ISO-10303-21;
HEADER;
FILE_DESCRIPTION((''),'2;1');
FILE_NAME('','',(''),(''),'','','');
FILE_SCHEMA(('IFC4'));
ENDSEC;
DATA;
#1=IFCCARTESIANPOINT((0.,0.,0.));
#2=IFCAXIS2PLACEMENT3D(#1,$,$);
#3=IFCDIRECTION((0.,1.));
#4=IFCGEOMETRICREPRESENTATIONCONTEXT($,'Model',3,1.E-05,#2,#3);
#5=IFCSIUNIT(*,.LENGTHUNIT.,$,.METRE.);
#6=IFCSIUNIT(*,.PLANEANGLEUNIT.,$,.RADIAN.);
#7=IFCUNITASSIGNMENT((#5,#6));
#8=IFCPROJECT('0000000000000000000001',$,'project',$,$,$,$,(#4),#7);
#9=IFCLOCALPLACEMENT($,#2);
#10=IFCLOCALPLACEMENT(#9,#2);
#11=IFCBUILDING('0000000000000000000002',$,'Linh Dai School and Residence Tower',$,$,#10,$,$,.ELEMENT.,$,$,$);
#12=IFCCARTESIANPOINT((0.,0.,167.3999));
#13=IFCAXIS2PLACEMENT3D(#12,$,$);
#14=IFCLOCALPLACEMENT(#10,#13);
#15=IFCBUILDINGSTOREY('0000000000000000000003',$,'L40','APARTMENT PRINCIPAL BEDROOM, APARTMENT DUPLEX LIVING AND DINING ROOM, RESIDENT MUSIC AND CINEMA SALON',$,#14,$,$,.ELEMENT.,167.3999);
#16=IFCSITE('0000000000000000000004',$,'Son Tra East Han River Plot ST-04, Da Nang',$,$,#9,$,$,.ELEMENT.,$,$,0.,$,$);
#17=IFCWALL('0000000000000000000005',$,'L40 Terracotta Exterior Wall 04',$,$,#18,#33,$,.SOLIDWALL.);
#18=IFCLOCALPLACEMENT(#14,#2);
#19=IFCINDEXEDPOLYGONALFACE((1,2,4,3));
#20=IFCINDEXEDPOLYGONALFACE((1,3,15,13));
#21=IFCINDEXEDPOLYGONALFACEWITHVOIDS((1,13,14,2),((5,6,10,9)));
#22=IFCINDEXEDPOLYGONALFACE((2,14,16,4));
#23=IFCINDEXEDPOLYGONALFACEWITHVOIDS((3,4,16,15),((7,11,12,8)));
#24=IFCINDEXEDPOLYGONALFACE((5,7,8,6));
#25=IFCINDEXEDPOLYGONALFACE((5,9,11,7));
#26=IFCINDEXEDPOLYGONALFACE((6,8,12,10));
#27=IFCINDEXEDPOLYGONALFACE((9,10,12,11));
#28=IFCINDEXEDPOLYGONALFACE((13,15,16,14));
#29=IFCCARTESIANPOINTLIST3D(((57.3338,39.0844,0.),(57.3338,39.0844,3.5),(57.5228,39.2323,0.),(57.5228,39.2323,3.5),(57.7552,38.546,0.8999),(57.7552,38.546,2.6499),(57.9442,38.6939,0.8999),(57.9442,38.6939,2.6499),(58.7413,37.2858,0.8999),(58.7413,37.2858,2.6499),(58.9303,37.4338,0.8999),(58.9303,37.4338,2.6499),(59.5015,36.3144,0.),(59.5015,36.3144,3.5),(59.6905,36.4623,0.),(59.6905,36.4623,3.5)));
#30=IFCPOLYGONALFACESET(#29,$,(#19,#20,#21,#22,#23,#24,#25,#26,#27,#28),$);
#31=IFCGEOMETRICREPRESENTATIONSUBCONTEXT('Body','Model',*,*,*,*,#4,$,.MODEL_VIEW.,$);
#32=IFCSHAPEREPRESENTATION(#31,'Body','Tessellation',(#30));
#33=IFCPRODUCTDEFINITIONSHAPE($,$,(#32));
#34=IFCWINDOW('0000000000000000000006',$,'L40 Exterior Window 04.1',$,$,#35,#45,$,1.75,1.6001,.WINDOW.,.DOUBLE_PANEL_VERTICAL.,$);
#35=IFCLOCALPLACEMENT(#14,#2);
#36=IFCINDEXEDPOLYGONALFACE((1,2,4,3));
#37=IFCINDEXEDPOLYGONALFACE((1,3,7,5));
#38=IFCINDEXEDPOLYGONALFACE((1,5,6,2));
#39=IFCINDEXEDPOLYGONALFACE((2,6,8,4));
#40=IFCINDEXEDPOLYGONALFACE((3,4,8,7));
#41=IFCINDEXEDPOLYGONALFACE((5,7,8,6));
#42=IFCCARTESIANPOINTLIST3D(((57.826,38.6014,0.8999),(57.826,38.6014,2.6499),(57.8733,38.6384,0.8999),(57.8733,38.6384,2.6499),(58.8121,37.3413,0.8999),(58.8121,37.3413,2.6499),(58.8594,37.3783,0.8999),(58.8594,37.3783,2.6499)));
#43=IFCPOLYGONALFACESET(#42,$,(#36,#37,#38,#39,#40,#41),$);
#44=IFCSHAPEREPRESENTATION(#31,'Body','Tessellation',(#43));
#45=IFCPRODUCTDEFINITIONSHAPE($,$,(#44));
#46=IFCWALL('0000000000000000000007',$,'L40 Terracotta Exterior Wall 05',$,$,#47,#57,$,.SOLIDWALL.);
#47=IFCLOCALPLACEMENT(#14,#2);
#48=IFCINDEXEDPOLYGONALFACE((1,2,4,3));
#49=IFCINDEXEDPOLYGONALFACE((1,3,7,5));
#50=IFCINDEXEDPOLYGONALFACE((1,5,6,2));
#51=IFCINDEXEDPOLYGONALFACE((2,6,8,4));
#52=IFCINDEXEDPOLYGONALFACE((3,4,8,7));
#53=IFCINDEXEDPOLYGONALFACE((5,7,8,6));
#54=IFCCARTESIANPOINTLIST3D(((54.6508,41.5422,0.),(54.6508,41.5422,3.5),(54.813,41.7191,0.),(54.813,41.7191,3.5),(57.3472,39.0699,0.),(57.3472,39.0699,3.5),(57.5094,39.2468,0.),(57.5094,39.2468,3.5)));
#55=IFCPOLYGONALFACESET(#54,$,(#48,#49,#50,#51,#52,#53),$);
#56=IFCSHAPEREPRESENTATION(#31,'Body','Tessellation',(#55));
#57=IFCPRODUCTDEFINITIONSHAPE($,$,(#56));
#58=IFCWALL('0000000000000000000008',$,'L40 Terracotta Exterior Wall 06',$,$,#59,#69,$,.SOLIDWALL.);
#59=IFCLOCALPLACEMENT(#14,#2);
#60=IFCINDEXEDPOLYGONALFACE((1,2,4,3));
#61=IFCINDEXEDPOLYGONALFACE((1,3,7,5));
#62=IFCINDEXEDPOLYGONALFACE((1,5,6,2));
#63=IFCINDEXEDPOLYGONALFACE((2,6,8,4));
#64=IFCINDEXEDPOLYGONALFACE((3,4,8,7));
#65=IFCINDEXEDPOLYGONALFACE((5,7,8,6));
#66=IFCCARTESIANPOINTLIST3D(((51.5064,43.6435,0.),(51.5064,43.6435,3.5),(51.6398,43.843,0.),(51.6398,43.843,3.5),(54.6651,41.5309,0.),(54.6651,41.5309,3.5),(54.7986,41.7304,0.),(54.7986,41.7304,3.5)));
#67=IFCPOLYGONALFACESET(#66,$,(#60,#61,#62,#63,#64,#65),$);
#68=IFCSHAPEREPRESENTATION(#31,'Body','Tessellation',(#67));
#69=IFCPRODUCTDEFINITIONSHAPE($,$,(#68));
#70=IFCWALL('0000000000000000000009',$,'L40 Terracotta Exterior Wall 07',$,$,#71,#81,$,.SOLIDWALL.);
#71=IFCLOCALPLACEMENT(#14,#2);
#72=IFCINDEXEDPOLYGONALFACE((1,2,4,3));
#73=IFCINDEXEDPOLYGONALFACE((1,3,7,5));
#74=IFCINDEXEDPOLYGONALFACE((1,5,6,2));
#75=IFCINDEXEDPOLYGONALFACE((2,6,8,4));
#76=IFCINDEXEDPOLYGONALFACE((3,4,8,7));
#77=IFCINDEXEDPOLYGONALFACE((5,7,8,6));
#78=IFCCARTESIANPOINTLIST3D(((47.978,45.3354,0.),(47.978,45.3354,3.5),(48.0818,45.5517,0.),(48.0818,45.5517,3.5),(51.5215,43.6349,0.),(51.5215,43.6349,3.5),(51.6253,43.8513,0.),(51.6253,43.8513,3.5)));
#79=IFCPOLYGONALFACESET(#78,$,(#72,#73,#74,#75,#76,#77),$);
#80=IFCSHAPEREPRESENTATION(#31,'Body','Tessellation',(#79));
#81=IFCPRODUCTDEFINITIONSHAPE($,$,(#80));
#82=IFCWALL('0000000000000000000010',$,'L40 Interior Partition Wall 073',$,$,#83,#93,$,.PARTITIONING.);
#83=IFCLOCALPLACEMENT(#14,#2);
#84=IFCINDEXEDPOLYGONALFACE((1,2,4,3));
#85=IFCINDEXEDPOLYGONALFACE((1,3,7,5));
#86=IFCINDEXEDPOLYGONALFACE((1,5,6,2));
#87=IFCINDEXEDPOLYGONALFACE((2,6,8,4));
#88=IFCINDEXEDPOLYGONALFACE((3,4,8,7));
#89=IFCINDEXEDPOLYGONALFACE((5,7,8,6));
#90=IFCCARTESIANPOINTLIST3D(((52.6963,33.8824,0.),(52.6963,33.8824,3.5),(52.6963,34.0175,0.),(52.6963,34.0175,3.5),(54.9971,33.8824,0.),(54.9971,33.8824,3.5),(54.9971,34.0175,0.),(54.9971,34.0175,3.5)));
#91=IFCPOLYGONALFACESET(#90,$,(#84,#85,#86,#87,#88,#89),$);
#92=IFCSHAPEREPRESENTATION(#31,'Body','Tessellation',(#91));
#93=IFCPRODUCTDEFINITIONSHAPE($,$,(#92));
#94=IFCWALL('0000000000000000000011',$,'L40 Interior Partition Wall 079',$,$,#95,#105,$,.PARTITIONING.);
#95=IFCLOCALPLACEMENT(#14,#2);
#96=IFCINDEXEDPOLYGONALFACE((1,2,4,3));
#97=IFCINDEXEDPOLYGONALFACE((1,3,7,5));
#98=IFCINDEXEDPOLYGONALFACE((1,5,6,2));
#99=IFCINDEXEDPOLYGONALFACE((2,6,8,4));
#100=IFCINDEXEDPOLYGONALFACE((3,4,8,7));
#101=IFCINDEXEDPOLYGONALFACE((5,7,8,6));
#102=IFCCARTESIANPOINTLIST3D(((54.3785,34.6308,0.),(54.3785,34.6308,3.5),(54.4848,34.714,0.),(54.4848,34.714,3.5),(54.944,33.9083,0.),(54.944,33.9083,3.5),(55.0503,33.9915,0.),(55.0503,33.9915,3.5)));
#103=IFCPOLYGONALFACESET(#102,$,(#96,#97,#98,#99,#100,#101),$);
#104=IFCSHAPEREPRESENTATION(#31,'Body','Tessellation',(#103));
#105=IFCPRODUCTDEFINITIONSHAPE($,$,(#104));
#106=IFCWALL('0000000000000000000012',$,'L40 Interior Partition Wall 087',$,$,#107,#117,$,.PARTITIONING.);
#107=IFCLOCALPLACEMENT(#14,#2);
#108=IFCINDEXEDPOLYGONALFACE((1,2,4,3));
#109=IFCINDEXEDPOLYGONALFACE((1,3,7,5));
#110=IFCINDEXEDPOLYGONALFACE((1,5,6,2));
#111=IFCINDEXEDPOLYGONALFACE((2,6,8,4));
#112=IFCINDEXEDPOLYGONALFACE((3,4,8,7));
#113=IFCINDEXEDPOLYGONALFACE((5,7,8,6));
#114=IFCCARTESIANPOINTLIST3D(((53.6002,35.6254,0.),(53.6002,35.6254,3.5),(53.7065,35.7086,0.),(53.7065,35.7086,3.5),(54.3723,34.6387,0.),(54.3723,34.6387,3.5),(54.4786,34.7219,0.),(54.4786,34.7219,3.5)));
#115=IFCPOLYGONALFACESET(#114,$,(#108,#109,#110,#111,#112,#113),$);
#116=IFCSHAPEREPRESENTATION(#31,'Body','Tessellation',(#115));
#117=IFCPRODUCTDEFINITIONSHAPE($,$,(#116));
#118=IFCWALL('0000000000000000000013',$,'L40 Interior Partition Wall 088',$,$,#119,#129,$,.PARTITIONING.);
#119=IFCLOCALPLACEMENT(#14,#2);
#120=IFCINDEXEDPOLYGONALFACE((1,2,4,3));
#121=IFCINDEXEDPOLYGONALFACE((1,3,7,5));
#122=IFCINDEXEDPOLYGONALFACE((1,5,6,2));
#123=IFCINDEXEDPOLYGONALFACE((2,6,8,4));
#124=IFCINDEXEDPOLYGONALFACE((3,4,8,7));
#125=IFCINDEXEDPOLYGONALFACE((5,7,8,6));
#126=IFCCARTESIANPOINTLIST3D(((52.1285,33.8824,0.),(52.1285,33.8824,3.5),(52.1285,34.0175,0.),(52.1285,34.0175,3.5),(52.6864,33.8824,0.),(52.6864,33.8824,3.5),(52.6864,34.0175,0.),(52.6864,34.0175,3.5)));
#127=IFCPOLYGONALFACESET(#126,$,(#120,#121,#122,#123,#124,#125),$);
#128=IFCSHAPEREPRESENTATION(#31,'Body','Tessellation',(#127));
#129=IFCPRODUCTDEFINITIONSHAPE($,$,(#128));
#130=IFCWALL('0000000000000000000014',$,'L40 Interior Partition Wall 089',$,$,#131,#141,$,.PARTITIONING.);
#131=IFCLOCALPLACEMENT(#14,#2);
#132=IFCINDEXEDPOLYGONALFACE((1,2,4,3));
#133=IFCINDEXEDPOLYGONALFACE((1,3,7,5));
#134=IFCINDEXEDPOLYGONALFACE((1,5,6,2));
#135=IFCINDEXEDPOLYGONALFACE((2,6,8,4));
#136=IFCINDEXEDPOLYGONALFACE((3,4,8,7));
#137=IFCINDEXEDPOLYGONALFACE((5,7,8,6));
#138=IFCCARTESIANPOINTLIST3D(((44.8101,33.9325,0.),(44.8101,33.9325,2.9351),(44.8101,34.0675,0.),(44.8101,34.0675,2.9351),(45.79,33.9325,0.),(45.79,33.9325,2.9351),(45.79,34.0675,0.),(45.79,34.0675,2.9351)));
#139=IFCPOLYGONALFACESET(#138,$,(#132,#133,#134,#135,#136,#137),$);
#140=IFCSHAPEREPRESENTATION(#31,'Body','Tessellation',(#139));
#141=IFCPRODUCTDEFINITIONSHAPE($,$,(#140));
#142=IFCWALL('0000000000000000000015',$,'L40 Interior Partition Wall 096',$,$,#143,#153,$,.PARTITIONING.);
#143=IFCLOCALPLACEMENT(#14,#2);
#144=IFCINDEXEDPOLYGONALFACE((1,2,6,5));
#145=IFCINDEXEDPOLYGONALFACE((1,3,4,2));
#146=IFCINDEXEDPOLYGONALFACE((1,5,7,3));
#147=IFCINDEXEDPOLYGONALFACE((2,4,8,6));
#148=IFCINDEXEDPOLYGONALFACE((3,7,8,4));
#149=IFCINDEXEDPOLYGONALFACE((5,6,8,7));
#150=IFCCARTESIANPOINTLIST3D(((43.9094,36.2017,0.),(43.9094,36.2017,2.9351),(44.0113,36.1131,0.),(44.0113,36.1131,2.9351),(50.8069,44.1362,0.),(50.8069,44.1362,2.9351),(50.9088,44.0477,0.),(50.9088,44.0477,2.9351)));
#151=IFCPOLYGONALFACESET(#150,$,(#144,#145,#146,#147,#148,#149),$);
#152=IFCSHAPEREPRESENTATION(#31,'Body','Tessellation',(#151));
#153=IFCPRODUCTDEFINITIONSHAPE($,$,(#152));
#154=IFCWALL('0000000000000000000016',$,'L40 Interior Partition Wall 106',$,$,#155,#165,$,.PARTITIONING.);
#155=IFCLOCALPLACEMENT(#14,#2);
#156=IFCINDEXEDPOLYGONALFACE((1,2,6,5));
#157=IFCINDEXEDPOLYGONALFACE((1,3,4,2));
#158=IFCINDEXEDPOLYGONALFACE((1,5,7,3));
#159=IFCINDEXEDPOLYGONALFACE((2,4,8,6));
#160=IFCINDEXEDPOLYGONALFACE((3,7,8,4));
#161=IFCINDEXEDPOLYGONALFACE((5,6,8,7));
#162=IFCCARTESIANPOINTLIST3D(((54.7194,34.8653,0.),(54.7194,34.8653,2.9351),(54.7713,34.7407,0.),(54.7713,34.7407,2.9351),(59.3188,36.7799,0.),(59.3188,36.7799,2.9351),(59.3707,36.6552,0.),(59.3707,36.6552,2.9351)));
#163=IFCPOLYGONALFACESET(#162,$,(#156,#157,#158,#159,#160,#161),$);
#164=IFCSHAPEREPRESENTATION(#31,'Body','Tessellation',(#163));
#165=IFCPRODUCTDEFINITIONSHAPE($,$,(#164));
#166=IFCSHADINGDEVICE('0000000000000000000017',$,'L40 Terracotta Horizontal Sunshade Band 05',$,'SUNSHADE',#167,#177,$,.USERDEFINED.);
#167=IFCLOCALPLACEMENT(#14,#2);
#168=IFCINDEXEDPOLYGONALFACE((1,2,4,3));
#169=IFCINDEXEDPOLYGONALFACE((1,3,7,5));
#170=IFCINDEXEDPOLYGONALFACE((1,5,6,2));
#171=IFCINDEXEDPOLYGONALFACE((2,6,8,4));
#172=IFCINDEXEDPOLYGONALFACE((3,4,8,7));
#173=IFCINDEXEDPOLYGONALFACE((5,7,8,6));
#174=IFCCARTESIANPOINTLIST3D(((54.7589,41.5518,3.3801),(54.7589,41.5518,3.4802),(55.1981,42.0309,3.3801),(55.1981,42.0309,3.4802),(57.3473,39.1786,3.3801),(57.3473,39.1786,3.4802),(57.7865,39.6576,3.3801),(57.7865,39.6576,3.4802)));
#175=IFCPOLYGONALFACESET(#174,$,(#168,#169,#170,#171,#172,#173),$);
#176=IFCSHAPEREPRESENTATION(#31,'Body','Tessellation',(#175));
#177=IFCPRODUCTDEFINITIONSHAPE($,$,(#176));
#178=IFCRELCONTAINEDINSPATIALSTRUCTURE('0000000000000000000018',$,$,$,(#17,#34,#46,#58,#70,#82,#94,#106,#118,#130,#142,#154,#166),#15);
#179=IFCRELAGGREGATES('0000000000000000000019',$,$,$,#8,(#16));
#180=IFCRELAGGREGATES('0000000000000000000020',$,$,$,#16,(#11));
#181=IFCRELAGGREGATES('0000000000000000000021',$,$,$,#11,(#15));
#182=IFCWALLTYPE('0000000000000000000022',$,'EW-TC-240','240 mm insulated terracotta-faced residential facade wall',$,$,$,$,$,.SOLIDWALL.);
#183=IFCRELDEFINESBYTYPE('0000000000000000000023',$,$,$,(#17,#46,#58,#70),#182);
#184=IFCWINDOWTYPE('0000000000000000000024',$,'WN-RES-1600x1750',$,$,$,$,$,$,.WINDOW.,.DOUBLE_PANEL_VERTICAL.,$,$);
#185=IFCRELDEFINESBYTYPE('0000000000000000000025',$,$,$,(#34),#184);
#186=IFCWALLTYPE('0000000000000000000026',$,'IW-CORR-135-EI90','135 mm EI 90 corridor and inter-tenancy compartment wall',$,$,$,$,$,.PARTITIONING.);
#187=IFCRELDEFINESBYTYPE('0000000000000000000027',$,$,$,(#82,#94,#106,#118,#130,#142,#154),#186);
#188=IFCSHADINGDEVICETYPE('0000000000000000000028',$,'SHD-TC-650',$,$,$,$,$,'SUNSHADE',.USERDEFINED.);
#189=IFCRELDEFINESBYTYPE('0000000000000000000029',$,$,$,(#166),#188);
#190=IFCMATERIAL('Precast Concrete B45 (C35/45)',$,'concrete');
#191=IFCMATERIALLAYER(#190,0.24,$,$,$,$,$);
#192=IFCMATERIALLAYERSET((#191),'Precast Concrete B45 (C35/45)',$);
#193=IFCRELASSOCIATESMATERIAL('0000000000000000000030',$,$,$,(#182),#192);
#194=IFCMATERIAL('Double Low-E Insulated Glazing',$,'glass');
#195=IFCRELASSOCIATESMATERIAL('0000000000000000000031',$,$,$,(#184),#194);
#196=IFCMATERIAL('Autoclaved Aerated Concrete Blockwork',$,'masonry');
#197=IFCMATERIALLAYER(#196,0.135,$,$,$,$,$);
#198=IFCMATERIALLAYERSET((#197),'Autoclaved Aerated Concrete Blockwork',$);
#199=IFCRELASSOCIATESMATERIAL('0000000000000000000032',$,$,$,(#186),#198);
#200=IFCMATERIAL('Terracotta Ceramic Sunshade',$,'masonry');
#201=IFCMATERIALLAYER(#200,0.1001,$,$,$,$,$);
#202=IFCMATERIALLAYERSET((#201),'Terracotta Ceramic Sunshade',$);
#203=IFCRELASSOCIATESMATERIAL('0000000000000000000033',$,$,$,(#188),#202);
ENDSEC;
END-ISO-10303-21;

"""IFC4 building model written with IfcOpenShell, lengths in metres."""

from ifc_helpers import new_model, si_unit, direction, frame, frame_2d, origin, origin_2d, place, context, subcontext, project, spatial, rectangle, extrude, source, transform, mapped, material, layer, layer_set, type_object, element, fill, save


model = new_model("IFC4")

# Units and contexts
model_context = context("Model", 3, precision=1e-05, world=origin(), true_north=direction((0.0, 1.0)))
body_context = subcontext(model_context, "Body", "Model", "MODEL_VIEW")
ifc_project = project(units=[si_unit("LENGTHUNIT", "METRE"), si_unit("PLANEANGLEUNIT", "RADIAN")], contexts=[model_context])

# Site, building, storey
site_placement = place(None, origin())
site = spatial("IfcSite", under=ifc_project, at=site_placement, Name="Son Tra East Han River Plot ST-04, Da Nang", CompositionType="ELEMENT", RefElevation=0.0)
building_placement = place(site_placement, origin())
building = spatial("IfcBuilding", under=site, at=building_placement, Name="Linh Dai School and Residence Tower", CompositionType="ELEMENT")
storey_placement = place(building_placement, frame((0.0, 0.0, 167.3999)))
storey = spatial("IfcBuildingStorey", under=building, at=storey_placement, Name="L40", Description="APARTMENT PRINCIPAL BEDROOM, APARTMENT DUPLEX LIVING AND DINING ROOM, RESIDENT MUSIC AND CINEMA SALON", CompositionType="ELEMENT", Elevation=167.3999)

# Shared definitions
ifc_material_1 = material(Name="Precast Concrete B45 (C35/45)", Category="concrete")

# Shared definitions
ifc_layer_1 = layer(ifc_material_1, 0.24)
ifc_layer_set_1 = layer_set([ifc_layer_1], Name="Precast Concrete B45 (C35/45)")
wall_type_1 = type_object("IfcWallType", Name="EW-TC-240", Description="240 mm insulated terracotta-faced residential facade wall", PredefinedType="SOLIDWALL", material=ifc_layer_set_1)

# Wall, opening, window
wall_1_placement = place(storey_placement, frame((57.4282, 39.1584, 0.0), z_axis=(0.0, 0.0, 1.0), x_axis=(0.616288, -0.787521, 0.0)))
wall_1 = element("IfcWall", 1, at=wall_1_placement, inside=storey, type_object=wall_type_1, Name="L40 Terracotta Exterior Wall 04", PredefinedType="SOLIDWALL", context=body_context, shape_type="SweptSolid", body=[
    extrude(rectangle(XDim=3.5173, YDim=0.24, at=frame_2d((1.7588, 0.0))), origin(), (0.0, 0.0, 1.0), 3.5),
])
opening_placement = place(wall_1_placement, frame((0.6838, 0.0, 0.8999)))
opening = element("IfcOpeningElement", 2, at=opening_placement, cuts=wall_1, PredefinedType="OPENING", context=body_context, shape_type="SweptSolid", body=[
    extrude(rectangle(XDim=1.6001, YDim=1.75, at=origin_2d()), frame((0.8, 0.1299, 0.875), z_axis=(0.0, -1.0, 0.0), x_axis=(1.0, 0.0, 0.0)), (0.0, 0.0, 1.0), 0.26),
])
ifc_material_2 = material(Name="Double Low-E Insulated Glazing", Category="glass")
window_type = type_object("IfcWindowType", Name="WN-RES-1600x1750", PartitioningType="DOUBLE_PANEL_VERTICAL", PredefinedType="WINDOW", material=ifc_material_2)
shared_shape_1 = source(origin(), body_context, "Body", "SweptSolid", [
    extrude(rectangle(XDim=1.6001, YDim=1.75, at=origin_2d()), frame((0.8, 0.03, 0.875), z_axis=(0.0, -1.0, 0.0), x_axis=(1.0, 0.0, 0.0)), (0.0, 0.0, 1.0), 0.0601),
])
window_placement = place(opening_placement, origin())
window = element("IfcWindow", 3, at=window_placement, inside=storey, type_object=window_type, Name="L40 Exterior Window 04.1", OverallHeight=1.75, OverallWidth=1.6001, PartitioningType="DOUBLE_PANEL_VERTICAL", PredefinedType="WINDOW", context=body_context, shape_type="MappedRepresentation", body=[
    mapped(shared_shape_1, transform((0.0, 0.0, 0.0), x_axis=(1.0, 0.0, 0.0), y_axis=(0.0, 1.0, 0.0), z_axis=(0.0, 0.0, 1.0), scale=1.0)),
])
fill(opening, window)

# Walls
wall_2_placement = place(storey_placement, frame((54.7319, 41.6306, 0.0), z_axis=(0.0, 0.0, 1.0), x_axis=(0.737077, -0.675809, 0.0)))
element("IfcWall", 4, at=wall_2_placement, inside=storey, type_object=wall_type_1, Name="L40 Terracotta Exterior Wall 05", PredefinedType="SOLIDWALL", context=body_context, shape_type="SweptSolid", body=[
    extrude(rectangle(XDim=3.6582, YDim=0.24, at=frame_2d((1.8291, 0.0))), origin(), (0.0, 0.0, 1.0), 3.5),
])
wall_3_placement = place(storey_placement, frame((51.5732, 43.7432, 0.0), z_axis=(0.0, 0.0, 1.0), x_axis=(0.831229, -0.55593, 0.0)))
element("IfcWall", 5, at=wall_3_placement, inside=storey, type_object=wall_type_1, Name="L40 Terracotta Exterior Wall 06", PredefinedType="SOLIDWALL", context=body_context, shape_type="SweptSolid", body=[
    extrude(rectangle(XDim=3.8, YDim=0.24, at=frame_2d((1.8999, 0.0))), origin(), (0.0, 0.0, 1.0), 3.5),
])
wall_4_placement = place(storey_placement, frame((48.0298, 45.4436, 0.0), z_axis=(0.0, 0.0, 1.0), x_axis=(0.901565, -0.432644, 0.0)))
element("IfcWall", 6, at=wall_4_placement, inside=storey, type_object=wall_type_1, Name="L40 Terracotta Exterior Wall 07", PredefinedType="SOLIDWALL", context=body_context, shape_type="SweptSolid", body=[
    extrude(rectangle(XDim=3.9304, YDim=0.24, at=frame_2d((1.9653, 0.0))), origin(), (0.0, 0.0, 1.0), 3.5),
])
ifc_material_3 = material(Name="Autoclaved Aerated Concrete Blockwork", Category="masonry")
ifc_layer_2 = layer(ifc_material_3, 0.135)
ifc_layer_set_2 = layer_set([ifc_layer_2], Name="Autoclaved Aerated Concrete Blockwork")
wall_type_2 = type_object("IfcWallType", Name="IW-CORR-135-EI90", Description="135 mm EI 90 corridor and inter-tenancy compartment wall", PredefinedType="PARTITIONING", material=ifc_layer_set_2)
wall_5_placement = place(storey_placement, frame((52.6963, 33.95, 0.0), z_axis=(0.0, 0.0, 1.0), x_axis=(1.0, 0.0, 0.0)))
element("IfcWall", 7, at=wall_5_placement, inside=storey, type_object=wall_type_2, Name="L40 Interior Partition Wall 073", PredefinedType="PARTITIONING", context=body_context, shape_type="SweptSolid", body=[
    extrude(rectangle(XDim=2.3008, YDim=0.135, at=frame_2d((1.1504, 0.0))), origin(), (0.0, 0.0, 1.0), 3.5),
])
wall_6_placement = place(storey_placement, frame((54.4316, 34.6724, 0.0), z_axis=(0.0, 0.0, 1.0), x_axis=(0.616351, -0.787471, 0.0)))
element("IfcWall", 8, at=wall_6_placement, inside=storey, type_object=wall_type_2, Name="L40 Interior Partition Wall 079", PredefinedType="PARTITIONING", context=body_context, shape_type="SweptSolid", body=[
    extrude(rectangle(XDim=0.9175, YDim=0.135, at=frame_2d((0.4587, 0.0))), origin(), (0.0, 0.0, 1.0), 3.5),
])
wall_7_placement = place(storey_placement, frame((53.6533, 35.667, 0.0), z_axis=(0.0, 0.0, 1.0), x_axis=(0.616271, -0.787534, 0.0)))
element("IfcWall", 9, at=wall_7_placement, inside=storey, type_object=wall_type_2, Name="L40 Interior Partition Wall 087", PredefinedType="PARTITIONING", context=body_context, shape_type="SweptSolid", body=[
    extrude(rectangle(XDim=1.2529, YDim=0.135, at=frame_2d((0.6265, 0.0))), origin(), (0.0, 0.0, 1.0), 3.5),
])
wall_8_placement = place(storey_placement, frame((52.6863, 33.95, 0.0), z_axis=(0.0, 0.0, 1.0), x_axis=(-1.0, 0.0, 0.0)))
element("IfcWall", 10, at=wall_8_placement, inside=storey, type_object=wall_type_2, Name="L40 Interior Partition Wall 088", PredefinedType="PARTITIONING", context=body_context, shape_type="SweptSolid", body=[
    extrude(rectangle(XDim=0.5579, YDim=0.135, at=frame_2d((0.2788, 0.0))), origin(), (0.0, 0.0, 1.0), 3.5),
])
wall_9_placement = place(storey_placement, frame((45.79, 34.0, 0.0), z_axis=(0.0, 0.0, 1.0), x_axis=(-1.0, 0.0, 0.0)))
element("IfcWall", 11, at=wall_9_placement, inside=storey, type_object=wall_type_2, Name="L40 Interior Partition Wall 089", PredefinedType="PARTITIONING", context=body_context, shape_type="SweptSolid", body=[
    extrude(rectangle(XDim=0.98, YDim=0.135, at=frame_2d((0.49, 0.0))), origin(), (0.0, 0.0, 1.0), 2.9351),
])
wall_10_placement = place(storey_placement, frame((50.8579, 44.092, 0.0), z_axis=(0.0, 0.0, 1.0), x_axis=(-0.656061, -0.754707, 0.0)))
element("IfcWall", 12, at=wall_10_placement, inside=storey, type_object=wall_type_2, Name="L40 Interior Partition Wall 096", PredefinedType="PARTITIONING", context=body_context, shape_type="SweptSolid", body=[
    extrude(rectangle(XDim=10.5134, YDim=0.135, at=frame_2d((5.2568, 0.0))), origin(), (0.0, 0.0, 1.0), 2.9351),
])
wall_11_placement = place(storey_placement, frame((54.7454, 34.803, 0.0), z_axis=(0.0, 0.0, 1.0), x_axis=(0.923209, 0.384299, 0.0)))
element("IfcWall", 13, at=wall_11_placement, inside=storey, type_object=wall_type_2, Name="L40 Interior Partition Wall 106", PredefinedType="PARTITIONING", context=body_context, shape_type="SweptSolid", body=[
    extrude(rectangle(XDim=4.9819, YDim=0.135, at=frame_2d((2.491, 0.0))), origin(), (0.0, 0.0, 1.0), 2.9351),
])

# Shading device
ifc_material_4 = material(Name="Terracotta Ceramic Sunshade", Category="masonry")
ifc_layer_3 = layer(ifc_material_4, 0.1001)
ifc_layer_set_3 = layer_set([ifc_layer_3], Name="Terracotta Ceramic Sunshade")
shading_device_type = type_object("IfcShadingDeviceType", Name="SHD-TC-650", ElementType="SUNSHADE", PredefinedType="USERDEFINED", material=ifc_layer_set_3)
shared_shape_2 = source(origin(), body_context, "Body", "SweptSolid", [
    extrude(rectangle(XDim=3.5117, YDim=0.6499, at=origin_2d()), origin(), (0.0, 0.0, 1.0), 0.1001),
])
shading_device_placement = place(storey_placement, frame((56.2727, 40.6047, 3.3801), z_axis=(0.0, 0.0, 1.0), x_axis=(0.737085, -0.6758, 0.0)))
element("IfcShadingDevice", 14, at=shading_device_placement, inside=storey, type_object=shading_device_type, Name="L40 Terracotta Horizontal Sunshade Band 05", ObjectType="SUNSHADE", PredefinedType="USERDEFINED", context=body_context, shape_type="MappedRepresentation", body=[
    mapped(shared_shape_2, transform((0.0, 0.0, 0.0), x_axis=(1.0, 0.0, 0.0), y_axis=(0.0, 1.0, 0.0), z_axis=(0.0, 0.0, 1.0), scale=1.0)),
])

save(model, "model.ifc")
